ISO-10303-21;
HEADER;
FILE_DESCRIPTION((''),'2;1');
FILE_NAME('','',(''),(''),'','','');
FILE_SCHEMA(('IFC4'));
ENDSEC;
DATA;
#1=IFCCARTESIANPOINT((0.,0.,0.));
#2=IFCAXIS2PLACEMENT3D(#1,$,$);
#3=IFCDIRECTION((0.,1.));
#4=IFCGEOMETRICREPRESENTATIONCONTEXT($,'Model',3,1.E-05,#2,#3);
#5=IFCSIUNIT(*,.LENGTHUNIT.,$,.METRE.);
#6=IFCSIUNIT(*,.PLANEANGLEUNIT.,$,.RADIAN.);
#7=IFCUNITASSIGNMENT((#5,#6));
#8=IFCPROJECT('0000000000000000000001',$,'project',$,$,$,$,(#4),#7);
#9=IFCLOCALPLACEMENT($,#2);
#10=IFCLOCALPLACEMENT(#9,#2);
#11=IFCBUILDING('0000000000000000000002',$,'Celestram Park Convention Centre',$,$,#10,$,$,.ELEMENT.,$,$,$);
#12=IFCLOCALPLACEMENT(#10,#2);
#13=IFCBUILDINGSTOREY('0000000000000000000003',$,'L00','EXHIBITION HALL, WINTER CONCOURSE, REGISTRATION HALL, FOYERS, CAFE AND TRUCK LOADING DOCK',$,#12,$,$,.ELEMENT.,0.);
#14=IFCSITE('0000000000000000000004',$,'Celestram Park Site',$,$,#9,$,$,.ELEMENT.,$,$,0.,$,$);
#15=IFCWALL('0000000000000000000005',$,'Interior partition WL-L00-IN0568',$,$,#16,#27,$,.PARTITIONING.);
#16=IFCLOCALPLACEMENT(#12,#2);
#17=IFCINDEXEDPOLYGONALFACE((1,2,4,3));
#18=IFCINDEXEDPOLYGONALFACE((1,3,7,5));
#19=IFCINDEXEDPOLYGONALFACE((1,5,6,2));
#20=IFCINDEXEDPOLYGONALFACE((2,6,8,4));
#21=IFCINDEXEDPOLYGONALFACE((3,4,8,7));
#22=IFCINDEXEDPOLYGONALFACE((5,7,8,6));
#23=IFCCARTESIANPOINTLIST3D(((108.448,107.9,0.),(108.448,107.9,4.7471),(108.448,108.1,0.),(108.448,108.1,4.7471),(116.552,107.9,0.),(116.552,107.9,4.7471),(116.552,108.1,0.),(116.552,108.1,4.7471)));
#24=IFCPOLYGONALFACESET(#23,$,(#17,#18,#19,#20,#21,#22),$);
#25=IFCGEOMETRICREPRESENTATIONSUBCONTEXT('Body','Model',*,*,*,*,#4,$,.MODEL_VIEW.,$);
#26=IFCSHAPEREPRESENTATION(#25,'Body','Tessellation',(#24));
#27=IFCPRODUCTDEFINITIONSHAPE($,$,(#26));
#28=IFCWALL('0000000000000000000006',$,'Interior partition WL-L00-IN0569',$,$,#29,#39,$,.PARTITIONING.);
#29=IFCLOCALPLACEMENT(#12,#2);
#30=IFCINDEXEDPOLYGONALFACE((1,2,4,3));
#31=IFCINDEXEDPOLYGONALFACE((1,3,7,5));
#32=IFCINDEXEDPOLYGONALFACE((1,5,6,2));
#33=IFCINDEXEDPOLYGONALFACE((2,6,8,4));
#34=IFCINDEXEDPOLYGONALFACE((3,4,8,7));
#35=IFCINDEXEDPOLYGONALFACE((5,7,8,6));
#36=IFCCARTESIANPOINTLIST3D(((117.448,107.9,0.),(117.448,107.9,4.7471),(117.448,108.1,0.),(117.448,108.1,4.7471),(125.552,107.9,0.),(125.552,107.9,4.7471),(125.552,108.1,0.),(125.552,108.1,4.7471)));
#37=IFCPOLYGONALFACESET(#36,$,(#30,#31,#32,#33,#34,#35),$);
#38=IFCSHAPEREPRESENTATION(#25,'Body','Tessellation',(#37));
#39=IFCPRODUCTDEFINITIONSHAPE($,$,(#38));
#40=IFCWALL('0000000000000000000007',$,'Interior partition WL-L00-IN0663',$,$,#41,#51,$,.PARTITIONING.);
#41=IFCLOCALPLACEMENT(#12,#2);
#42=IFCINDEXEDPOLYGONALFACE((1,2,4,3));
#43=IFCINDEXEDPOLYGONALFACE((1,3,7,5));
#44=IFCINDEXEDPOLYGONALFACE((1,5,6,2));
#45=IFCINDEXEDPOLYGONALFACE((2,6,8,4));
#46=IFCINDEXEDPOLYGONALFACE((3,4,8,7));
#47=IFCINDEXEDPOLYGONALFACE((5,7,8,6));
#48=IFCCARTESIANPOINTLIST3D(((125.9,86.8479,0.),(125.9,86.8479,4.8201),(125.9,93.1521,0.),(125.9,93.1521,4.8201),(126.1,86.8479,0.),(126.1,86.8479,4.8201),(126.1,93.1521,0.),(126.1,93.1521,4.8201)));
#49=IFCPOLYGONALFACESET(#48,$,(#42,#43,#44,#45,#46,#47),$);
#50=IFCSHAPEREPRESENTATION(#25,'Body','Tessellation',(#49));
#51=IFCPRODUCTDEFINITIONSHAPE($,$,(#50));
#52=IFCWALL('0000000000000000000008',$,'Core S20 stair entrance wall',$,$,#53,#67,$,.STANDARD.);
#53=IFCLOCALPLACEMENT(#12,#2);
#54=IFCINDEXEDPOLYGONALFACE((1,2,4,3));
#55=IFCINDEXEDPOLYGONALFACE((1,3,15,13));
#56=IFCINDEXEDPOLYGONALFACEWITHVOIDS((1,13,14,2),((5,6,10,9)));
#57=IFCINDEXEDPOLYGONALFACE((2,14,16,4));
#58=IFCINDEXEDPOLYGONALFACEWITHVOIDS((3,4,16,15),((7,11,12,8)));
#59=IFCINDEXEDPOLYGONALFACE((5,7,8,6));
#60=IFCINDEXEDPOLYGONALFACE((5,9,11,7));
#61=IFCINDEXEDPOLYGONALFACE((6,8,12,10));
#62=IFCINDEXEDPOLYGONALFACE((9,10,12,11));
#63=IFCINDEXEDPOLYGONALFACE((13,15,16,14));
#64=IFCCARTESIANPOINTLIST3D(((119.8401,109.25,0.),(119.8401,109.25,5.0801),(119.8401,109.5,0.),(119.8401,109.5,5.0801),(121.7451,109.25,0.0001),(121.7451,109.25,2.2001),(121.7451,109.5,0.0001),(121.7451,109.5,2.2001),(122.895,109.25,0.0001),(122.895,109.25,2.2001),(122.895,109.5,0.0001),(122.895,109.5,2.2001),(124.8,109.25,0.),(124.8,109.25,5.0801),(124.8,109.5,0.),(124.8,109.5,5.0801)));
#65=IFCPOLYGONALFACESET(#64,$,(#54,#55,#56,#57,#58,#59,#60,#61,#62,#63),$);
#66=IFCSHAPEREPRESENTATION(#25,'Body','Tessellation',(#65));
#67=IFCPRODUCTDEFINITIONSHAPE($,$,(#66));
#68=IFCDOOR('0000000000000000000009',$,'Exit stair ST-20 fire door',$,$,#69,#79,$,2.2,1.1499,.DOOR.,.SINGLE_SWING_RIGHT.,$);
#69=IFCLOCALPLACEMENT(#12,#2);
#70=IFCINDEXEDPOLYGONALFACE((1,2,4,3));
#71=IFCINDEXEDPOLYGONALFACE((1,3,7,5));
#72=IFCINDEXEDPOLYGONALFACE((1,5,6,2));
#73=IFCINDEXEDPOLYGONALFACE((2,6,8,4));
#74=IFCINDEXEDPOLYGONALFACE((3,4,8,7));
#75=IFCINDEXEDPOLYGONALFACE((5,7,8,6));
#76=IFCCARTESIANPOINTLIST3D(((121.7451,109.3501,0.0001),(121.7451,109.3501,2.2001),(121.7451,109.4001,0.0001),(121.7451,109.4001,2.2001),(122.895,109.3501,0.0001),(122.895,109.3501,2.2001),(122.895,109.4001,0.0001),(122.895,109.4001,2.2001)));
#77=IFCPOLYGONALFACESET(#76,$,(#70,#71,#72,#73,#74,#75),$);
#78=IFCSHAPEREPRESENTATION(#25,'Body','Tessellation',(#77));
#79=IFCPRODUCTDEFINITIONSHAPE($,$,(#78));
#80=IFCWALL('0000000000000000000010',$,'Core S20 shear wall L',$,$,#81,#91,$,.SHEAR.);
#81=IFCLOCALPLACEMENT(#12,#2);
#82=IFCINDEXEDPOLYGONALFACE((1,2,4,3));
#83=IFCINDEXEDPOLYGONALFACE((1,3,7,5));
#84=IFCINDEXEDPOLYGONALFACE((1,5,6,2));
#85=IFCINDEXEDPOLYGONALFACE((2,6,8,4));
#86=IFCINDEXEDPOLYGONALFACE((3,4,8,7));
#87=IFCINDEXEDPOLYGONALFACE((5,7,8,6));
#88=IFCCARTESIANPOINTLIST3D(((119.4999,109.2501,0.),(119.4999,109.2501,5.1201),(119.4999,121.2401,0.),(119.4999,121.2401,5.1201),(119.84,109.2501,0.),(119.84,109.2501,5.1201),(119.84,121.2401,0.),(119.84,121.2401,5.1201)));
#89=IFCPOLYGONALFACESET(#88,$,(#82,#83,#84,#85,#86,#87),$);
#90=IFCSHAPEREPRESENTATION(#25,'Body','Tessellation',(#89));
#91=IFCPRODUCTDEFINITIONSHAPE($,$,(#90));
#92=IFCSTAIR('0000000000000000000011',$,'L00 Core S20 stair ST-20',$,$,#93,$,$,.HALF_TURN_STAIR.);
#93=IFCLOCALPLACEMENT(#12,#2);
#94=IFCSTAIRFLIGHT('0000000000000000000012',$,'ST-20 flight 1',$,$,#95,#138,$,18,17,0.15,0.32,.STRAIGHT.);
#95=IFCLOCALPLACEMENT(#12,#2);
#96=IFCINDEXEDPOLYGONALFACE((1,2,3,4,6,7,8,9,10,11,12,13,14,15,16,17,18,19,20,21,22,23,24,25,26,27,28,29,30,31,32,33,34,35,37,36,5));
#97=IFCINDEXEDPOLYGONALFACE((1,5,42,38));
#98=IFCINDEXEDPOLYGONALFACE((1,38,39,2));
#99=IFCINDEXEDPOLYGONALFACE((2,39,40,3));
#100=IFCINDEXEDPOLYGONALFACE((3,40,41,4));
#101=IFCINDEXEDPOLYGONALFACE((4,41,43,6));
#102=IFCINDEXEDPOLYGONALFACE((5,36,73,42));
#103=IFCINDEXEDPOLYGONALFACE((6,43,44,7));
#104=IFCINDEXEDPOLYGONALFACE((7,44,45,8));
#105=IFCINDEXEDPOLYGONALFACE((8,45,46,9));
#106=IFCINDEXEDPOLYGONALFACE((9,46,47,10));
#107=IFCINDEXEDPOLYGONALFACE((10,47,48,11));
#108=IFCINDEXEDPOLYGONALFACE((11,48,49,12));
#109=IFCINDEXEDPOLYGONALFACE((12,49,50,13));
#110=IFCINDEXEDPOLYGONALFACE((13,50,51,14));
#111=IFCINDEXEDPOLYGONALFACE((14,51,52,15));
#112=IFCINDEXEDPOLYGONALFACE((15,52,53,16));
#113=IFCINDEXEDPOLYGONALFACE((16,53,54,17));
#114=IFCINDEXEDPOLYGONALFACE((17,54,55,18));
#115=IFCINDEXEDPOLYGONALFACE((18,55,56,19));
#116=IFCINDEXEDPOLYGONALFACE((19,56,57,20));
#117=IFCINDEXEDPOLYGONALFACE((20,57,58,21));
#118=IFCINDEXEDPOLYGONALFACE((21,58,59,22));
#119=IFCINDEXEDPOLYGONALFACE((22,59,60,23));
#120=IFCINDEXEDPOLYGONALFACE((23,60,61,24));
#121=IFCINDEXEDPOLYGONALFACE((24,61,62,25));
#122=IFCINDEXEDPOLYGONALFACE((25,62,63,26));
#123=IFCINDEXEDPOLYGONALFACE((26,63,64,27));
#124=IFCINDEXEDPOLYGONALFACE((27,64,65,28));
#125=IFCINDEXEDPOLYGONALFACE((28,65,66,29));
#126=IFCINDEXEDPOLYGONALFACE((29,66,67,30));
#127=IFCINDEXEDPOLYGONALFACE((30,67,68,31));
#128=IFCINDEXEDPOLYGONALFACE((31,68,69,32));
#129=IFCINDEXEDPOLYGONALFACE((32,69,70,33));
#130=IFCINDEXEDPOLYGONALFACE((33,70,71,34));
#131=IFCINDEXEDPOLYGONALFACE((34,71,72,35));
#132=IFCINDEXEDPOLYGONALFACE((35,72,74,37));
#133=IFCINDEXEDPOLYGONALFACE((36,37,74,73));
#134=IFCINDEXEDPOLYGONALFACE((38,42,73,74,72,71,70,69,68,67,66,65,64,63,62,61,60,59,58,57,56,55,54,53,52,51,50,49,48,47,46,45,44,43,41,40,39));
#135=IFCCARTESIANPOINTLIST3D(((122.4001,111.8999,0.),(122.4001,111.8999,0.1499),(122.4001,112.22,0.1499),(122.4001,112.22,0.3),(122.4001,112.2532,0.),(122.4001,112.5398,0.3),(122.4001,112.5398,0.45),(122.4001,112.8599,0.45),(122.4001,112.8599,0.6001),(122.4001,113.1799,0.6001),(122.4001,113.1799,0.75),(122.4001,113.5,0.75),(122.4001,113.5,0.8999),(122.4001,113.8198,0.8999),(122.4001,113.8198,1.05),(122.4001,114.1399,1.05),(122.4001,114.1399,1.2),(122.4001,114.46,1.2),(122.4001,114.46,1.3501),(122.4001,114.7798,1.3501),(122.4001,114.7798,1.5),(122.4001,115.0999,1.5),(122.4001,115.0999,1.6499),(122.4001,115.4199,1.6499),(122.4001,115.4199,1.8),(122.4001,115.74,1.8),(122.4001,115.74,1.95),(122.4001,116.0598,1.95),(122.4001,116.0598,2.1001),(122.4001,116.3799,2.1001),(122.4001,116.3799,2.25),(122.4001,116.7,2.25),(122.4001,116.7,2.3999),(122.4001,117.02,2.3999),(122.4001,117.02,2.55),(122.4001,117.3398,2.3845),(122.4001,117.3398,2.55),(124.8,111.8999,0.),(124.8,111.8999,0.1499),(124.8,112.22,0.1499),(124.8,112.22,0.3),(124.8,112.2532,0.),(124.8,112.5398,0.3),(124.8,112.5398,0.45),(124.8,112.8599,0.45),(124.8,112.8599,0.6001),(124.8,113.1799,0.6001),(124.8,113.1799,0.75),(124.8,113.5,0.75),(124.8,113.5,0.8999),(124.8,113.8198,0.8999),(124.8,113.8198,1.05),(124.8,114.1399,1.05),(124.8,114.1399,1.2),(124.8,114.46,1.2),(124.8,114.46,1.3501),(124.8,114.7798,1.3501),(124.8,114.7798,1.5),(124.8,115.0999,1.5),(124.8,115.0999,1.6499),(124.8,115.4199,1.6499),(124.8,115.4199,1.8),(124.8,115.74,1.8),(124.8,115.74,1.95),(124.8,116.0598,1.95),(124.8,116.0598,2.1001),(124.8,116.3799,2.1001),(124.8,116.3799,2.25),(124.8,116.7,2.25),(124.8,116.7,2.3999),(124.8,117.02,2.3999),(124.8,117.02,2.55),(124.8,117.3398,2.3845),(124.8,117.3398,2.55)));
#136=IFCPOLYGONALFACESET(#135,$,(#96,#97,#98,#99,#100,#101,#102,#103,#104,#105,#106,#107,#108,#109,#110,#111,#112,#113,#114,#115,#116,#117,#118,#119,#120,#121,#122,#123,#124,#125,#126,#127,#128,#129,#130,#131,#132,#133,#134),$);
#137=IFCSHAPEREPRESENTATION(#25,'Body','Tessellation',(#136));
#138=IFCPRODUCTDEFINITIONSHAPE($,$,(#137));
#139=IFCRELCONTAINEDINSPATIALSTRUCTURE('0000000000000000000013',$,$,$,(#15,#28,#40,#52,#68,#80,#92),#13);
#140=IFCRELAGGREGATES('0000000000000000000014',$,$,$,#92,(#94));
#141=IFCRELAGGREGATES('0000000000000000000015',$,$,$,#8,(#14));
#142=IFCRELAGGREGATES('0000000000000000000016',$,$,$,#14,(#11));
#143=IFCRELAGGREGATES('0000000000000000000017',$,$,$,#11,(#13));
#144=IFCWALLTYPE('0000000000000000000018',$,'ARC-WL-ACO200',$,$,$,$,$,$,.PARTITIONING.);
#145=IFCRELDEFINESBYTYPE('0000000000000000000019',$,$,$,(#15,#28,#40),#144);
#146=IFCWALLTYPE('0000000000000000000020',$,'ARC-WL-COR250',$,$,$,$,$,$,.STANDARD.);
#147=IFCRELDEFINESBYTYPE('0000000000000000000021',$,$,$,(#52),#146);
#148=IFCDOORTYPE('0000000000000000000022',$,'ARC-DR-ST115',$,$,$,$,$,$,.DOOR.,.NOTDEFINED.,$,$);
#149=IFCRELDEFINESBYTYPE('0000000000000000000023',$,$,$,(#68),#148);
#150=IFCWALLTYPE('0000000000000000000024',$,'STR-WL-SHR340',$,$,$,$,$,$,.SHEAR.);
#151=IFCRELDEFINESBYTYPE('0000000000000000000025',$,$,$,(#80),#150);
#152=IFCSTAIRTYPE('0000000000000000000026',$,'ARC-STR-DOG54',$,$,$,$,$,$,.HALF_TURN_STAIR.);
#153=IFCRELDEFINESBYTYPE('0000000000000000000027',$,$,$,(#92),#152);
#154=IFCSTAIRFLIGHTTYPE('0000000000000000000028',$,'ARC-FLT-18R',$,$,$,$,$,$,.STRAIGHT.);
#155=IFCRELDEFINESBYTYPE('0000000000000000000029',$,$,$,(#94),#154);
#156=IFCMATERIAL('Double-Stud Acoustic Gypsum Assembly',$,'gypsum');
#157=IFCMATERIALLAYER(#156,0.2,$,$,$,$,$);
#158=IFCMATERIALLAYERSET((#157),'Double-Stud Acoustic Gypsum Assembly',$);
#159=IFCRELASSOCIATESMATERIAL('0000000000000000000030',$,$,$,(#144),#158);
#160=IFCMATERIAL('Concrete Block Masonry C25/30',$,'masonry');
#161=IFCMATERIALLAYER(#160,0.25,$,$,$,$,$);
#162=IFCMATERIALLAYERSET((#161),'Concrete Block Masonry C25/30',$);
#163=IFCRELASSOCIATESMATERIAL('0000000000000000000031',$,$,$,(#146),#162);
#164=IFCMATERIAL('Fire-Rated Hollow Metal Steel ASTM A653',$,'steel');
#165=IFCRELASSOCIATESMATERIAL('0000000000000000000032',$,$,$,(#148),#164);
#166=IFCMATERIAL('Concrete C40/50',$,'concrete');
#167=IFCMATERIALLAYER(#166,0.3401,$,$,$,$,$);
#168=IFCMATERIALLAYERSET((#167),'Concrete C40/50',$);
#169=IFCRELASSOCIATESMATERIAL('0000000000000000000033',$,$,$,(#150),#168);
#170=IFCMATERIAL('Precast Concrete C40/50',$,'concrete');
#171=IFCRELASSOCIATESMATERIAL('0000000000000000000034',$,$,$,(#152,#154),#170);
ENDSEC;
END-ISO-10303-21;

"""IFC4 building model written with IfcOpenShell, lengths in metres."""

from ifc_helpers import new_model, si_unit, direction, frame, frame_2d, origin, place, context, subcontext, project, spatial, polyline, rectangle, outline, extrude, material, layer, layer_set, type_object, element, fill, aggregate, save


model = new_model("IFC4")

# Units and contexts
model_context = context("Model", 3, precision=1e-05, world=origin(), true_north=direction((0.0, 1.0)))
body_context = subcontext(model_context, "Body", "Model", "MODEL_VIEW")
ifc_project = project(units=[si_unit("LENGTHUNIT", "METRE"), si_unit("PLANEANGLEUNIT", "RADIAN")], contexts=[model_context])

# Site, building, storey
site_placement = place(None, origin())
site = spatial("IfcSite", under=ifc_project, at=site_placement, Name="Celestram Park Site", CompositionType="ELEMENT", RefElevation=0.0)
building_placement = place(site_placement, origin())
building = spatial("IfcBuilding", under=site, at=building_placement, Name="Celestram Park Convention Centre", CompositionType="ELEMENT")
storey_placement = place(building_placement, origin())
storey = spatial("IfcBuildingStorey", under=building, at=storey_placement, Name="L00", Description="EXHIBITION HALL, WINTER CONCOURSE, REGISTRATION HALL, FOYERS, CAFE AND TRUCK LOADING DOCK", CompositionType="ELEMENT", Elevation=0.0)

# Shared definitions
ifc_material_1 = material(Name="Concrete C40/50", Category="concrete")

# Walls
ifc_material_2 = material(Name="Double-Stud Acoustic Gypsum Assembly", Category="gypsum")
ifc_layer_1 = layer(ifc_material_2, 0.2)
ifc_layer_set_1 = layer_set([ifc_layer_1], Name="Double-Stud Acoustic Gypsum Assembly")
wall_type_1 = type_object("IfcWallType", Name="ARC-WL-ACO200", PredefinedType="PARTITIONING", material=ifc_layer_set_1)
for number, where, z_axis, x_axis, name in (
    (1, (108.448, 108.0, 0.0), (0.0, 0.0, 1.0), (1.0, 0.0, 0.0), "Interior partition WL-L00-IN0568"),
    (2, (117.448, 108.0, 0.0), (0.0, 0.0, 1.0), (1.0, 0.0, 0.0), "Interior partition WL-L00-IN0569"),
):
    element("IfcWall", number, at=place(storey_placement, frame(where, z_axis=z_axis, x_axis=x_axis)), inside=storey, type_object=wall_type_1, Name=name, PredefinedType="PARTITIONING", context=body_context, shape_type="SweptSolid", body=[
        extrude(rectangle(XDim=8.104, YDim=0.2, at=frame_2d((4.052, 0.0))), origin(), (0.0, 0.0, 1.0), 4.7471),
    ])
wall_1_placement = place(storey_placement, frame((126.0, 86.8479, 0.0), z_axis=(0.0, 0.0, 1.0), x_axis=(0.0, 1.0, 0.0)))
element("IfcWall", 3, at=wall_1_placement, inside=storey, type_object=wall_type_1, Name="Interior partition WL-L00-IN0663", PredefinedType="PARTITIONING", context=body_context, shape_type="SweptSolid", body=[
    extrude(rectangle(XDim=6.3042, YDim=0.2, at=frame_2d((3.1521, 0.0))), origin(), (0.0, 0.0, 1.0), 4.8201),
])

# Wall, opening, door
ifc_material_3 = material(Name="Concrete Block Masonry C25/30", Category="masonry")
ifc_layer_2 = layer(ifc_material_3, 0.25)
ifc_layer_set_2 = layer_set([ifc_layer_2], Name="Concrete Block Masonry C25/30")
wall_type_2 = type_object("IfcWallType", Name="ARC-WL-COR250", PredefinedType="STANDARD", material=ifc_layer_set_2)
wall_2_placement = place(storey_placement, frame((124.8, 109.375, 0.0), z_axis=(0.0, 0.0, 1.0), x_axis=(-1.0, 0.0, 0.0)))
wall_2 = element("IfcWall", 4, at=wall_2_placement, inside=storey, type_object=wall_type_2, Name="Core S20 stair entrance wall", PredefinedType="STANDARD", context=body_context, shape_type="SweptSolid", body=[
    extrude(rectangle(XDim=4.96, YDim=0.25, at=frame_2d((2.48, 0.0))), origin(), (0.0, 0.0, 1.0), 5.0801),
])
opening_placement = place(wall_2_placement, frame((1.905, 0.0, 0.0)))
opening = element("IfcOpeningElement", 5, at=opening_placement, cuts=wall_2, PredefinedType="OPENING", context=body_context, shape_type="SweptSolid", body=[
    extrude(rectangle(XDim=1.1499, YDim=2.2, at=frame_2d((0.575, 1.1001))), frame((0.0, 0.135, 0.0), z_axis=(0.0, -1.0, 0.0), x_axis=(1.0, 0.0, 0.0)), (0.0, 0.0, 1.0), 0.27),
])
ifc_material_4 = material(Name="Fire-Rated Hollow Metal Steel ASTM A653", Category="steel")
door_type = type_object("IfcDoorType", Name="ARC-DR-ST115", OperationType="NOTDEFINED", PredefinedType="DOOR", material=ifc_material_4)
door_placement = place(opening_placement, origin())
door = element("IfcDoor", 6, at=door_placement, inside=storey, type_object=door_type, Name="Exit stair ST-20 fire door", OperationType="SINGLE_SWING_RIGHT", OverallHeight=2.2, OverallWidth=1.1499, PredefinedType="DOOR", context=body_context, shape_type="SweptSolid", body=[
    extrude(rectangle(XDim=1.1499, YDim=2.2, at=frame_2d((0.575, 1.1001))), frame((0.0, 0.0249, 0.0), z_axis=(0.0, -1.0, 0.0), x_axis=(1.0, 0.0, 0.0)), (0.0, 0.0, 1.0), 0.05),
])
fill(opening, door)

# Wall
ifc_layer_3 = layer(ifc_material_1, 0.3401)
ifc_layer_set_3 = layer_set([ifc_layer_3], Name="Concrete C40/50")
wall_type_3 = type_object("IfcWallType", Name="STR-WL-SHR340", PredefinedType="SHEAR", material=ifc_layer_set_3)
wall_3_placement = place(storey_placement, frame((119.6699, 109.25, 0.0), z_axis=(0.0, 0.0, 1.0), x_axis=(0.0, 1.0, 0.0)))
element("IfcWall", 7, at=wall_3_placement, inside=storey, type_object=wall_type_3, Name="Core S20 shear wall L", PredefinedType="SHEAR", context=body_context, shape_type="SweptSolid", body=[
    extrude(rectangle(XDim=11.99, YDim=0.3401, at=frame_2d((5.9951, 0.0))), origin(), (0.0, 0.0, 1.0), 5.1201),
])

# Stair, stair flight
ifc_material_5 = material(Name="Precast Concrete C40/50", Category="concrete")
stair_type = type_object("IfcStairType", Name="ARC-STR-DOG54", PredefinedType="HALF_TURN_STAIR", material=ifc_material_5)
stair_placement = place(storey_placement, origin())
stair = element("IfcStair", 8, at=stair_placement, inside=storey, type_object=stair_type, Name="L00 Core S20 stair ST-20", PredefinedType="HALF_TURN_STAIR")
stair_flight_type = type_object("IfcStairFlightType", Name="ARC-FLT-18R", PredefinedType="STRAIGHT", material=ifc_material_5)
stair_flight_placement = place(storey_placement, frame((123.6001, 111.8999, 0.0), z_axis=(0.0, 0.0, 1.0), x_axis=(0.0, 1.0, 0.0)))
stair_flight = element("IfcStairFlight", 9, at=stair_flight_placement, type_object=stair_flight_type, Name="ST-20 flight 1", NumberOfRisers=18, NumberOfTreads=17, PredefinedType="STRAIGHT", RiserHeight=0.15, TreadLength=0.32, context=body_context, shape_type="SweptSolid", body=[
    extrude(outline(polyline([(0.0, 0.0), (0.0, 0.1499), (0.3201, 0.1499), (0.3201, 0.3), (0.6399, 0.3), (0.6399, 0.45), (0.96, 0.45), (0.96, 0.6001), (1.28, 0.6001), (1.28, 0.75), (1.6001, 0.75), (1.6001, 0.8999), (1.9199, 0.8999), (1.9199, 1.05), (2.24, 1.05), (2.24, 1.2), (2.5601, 1.2), (2.5601, 1.3501), (2.8799, 1.3501), (2.8799, 1.5), (3.2, 1.5), (3.2, 1.6499), (3.52, 1.6499), (3.52, 1.8), (3.8401, 1.8), (3.8401, 1.95), (4.1599, 1.95), (4.1599, 2.1001), (4.48, 2.1001), (4.48, 2.25), (4.8, 2.25), (4.8, 2.3999), (5.1201, 2.3999), (5.1201, 2.55), (5.4399, 2.55), (5.4399, 2.7), (5.4399, 2.3845), (0.3533, 0.0), (0.0, 0.0)])), frame((0.0, 1.2, 0.0), z_axis=(0.0, -1.0, 0.0), x_axis=(1.0, 0.0, 0.0)), (0.0, 0.0, 1.0), 2.3999),
])
aggregate(stair, [stair_flight])

save(model, "model.ifc")
